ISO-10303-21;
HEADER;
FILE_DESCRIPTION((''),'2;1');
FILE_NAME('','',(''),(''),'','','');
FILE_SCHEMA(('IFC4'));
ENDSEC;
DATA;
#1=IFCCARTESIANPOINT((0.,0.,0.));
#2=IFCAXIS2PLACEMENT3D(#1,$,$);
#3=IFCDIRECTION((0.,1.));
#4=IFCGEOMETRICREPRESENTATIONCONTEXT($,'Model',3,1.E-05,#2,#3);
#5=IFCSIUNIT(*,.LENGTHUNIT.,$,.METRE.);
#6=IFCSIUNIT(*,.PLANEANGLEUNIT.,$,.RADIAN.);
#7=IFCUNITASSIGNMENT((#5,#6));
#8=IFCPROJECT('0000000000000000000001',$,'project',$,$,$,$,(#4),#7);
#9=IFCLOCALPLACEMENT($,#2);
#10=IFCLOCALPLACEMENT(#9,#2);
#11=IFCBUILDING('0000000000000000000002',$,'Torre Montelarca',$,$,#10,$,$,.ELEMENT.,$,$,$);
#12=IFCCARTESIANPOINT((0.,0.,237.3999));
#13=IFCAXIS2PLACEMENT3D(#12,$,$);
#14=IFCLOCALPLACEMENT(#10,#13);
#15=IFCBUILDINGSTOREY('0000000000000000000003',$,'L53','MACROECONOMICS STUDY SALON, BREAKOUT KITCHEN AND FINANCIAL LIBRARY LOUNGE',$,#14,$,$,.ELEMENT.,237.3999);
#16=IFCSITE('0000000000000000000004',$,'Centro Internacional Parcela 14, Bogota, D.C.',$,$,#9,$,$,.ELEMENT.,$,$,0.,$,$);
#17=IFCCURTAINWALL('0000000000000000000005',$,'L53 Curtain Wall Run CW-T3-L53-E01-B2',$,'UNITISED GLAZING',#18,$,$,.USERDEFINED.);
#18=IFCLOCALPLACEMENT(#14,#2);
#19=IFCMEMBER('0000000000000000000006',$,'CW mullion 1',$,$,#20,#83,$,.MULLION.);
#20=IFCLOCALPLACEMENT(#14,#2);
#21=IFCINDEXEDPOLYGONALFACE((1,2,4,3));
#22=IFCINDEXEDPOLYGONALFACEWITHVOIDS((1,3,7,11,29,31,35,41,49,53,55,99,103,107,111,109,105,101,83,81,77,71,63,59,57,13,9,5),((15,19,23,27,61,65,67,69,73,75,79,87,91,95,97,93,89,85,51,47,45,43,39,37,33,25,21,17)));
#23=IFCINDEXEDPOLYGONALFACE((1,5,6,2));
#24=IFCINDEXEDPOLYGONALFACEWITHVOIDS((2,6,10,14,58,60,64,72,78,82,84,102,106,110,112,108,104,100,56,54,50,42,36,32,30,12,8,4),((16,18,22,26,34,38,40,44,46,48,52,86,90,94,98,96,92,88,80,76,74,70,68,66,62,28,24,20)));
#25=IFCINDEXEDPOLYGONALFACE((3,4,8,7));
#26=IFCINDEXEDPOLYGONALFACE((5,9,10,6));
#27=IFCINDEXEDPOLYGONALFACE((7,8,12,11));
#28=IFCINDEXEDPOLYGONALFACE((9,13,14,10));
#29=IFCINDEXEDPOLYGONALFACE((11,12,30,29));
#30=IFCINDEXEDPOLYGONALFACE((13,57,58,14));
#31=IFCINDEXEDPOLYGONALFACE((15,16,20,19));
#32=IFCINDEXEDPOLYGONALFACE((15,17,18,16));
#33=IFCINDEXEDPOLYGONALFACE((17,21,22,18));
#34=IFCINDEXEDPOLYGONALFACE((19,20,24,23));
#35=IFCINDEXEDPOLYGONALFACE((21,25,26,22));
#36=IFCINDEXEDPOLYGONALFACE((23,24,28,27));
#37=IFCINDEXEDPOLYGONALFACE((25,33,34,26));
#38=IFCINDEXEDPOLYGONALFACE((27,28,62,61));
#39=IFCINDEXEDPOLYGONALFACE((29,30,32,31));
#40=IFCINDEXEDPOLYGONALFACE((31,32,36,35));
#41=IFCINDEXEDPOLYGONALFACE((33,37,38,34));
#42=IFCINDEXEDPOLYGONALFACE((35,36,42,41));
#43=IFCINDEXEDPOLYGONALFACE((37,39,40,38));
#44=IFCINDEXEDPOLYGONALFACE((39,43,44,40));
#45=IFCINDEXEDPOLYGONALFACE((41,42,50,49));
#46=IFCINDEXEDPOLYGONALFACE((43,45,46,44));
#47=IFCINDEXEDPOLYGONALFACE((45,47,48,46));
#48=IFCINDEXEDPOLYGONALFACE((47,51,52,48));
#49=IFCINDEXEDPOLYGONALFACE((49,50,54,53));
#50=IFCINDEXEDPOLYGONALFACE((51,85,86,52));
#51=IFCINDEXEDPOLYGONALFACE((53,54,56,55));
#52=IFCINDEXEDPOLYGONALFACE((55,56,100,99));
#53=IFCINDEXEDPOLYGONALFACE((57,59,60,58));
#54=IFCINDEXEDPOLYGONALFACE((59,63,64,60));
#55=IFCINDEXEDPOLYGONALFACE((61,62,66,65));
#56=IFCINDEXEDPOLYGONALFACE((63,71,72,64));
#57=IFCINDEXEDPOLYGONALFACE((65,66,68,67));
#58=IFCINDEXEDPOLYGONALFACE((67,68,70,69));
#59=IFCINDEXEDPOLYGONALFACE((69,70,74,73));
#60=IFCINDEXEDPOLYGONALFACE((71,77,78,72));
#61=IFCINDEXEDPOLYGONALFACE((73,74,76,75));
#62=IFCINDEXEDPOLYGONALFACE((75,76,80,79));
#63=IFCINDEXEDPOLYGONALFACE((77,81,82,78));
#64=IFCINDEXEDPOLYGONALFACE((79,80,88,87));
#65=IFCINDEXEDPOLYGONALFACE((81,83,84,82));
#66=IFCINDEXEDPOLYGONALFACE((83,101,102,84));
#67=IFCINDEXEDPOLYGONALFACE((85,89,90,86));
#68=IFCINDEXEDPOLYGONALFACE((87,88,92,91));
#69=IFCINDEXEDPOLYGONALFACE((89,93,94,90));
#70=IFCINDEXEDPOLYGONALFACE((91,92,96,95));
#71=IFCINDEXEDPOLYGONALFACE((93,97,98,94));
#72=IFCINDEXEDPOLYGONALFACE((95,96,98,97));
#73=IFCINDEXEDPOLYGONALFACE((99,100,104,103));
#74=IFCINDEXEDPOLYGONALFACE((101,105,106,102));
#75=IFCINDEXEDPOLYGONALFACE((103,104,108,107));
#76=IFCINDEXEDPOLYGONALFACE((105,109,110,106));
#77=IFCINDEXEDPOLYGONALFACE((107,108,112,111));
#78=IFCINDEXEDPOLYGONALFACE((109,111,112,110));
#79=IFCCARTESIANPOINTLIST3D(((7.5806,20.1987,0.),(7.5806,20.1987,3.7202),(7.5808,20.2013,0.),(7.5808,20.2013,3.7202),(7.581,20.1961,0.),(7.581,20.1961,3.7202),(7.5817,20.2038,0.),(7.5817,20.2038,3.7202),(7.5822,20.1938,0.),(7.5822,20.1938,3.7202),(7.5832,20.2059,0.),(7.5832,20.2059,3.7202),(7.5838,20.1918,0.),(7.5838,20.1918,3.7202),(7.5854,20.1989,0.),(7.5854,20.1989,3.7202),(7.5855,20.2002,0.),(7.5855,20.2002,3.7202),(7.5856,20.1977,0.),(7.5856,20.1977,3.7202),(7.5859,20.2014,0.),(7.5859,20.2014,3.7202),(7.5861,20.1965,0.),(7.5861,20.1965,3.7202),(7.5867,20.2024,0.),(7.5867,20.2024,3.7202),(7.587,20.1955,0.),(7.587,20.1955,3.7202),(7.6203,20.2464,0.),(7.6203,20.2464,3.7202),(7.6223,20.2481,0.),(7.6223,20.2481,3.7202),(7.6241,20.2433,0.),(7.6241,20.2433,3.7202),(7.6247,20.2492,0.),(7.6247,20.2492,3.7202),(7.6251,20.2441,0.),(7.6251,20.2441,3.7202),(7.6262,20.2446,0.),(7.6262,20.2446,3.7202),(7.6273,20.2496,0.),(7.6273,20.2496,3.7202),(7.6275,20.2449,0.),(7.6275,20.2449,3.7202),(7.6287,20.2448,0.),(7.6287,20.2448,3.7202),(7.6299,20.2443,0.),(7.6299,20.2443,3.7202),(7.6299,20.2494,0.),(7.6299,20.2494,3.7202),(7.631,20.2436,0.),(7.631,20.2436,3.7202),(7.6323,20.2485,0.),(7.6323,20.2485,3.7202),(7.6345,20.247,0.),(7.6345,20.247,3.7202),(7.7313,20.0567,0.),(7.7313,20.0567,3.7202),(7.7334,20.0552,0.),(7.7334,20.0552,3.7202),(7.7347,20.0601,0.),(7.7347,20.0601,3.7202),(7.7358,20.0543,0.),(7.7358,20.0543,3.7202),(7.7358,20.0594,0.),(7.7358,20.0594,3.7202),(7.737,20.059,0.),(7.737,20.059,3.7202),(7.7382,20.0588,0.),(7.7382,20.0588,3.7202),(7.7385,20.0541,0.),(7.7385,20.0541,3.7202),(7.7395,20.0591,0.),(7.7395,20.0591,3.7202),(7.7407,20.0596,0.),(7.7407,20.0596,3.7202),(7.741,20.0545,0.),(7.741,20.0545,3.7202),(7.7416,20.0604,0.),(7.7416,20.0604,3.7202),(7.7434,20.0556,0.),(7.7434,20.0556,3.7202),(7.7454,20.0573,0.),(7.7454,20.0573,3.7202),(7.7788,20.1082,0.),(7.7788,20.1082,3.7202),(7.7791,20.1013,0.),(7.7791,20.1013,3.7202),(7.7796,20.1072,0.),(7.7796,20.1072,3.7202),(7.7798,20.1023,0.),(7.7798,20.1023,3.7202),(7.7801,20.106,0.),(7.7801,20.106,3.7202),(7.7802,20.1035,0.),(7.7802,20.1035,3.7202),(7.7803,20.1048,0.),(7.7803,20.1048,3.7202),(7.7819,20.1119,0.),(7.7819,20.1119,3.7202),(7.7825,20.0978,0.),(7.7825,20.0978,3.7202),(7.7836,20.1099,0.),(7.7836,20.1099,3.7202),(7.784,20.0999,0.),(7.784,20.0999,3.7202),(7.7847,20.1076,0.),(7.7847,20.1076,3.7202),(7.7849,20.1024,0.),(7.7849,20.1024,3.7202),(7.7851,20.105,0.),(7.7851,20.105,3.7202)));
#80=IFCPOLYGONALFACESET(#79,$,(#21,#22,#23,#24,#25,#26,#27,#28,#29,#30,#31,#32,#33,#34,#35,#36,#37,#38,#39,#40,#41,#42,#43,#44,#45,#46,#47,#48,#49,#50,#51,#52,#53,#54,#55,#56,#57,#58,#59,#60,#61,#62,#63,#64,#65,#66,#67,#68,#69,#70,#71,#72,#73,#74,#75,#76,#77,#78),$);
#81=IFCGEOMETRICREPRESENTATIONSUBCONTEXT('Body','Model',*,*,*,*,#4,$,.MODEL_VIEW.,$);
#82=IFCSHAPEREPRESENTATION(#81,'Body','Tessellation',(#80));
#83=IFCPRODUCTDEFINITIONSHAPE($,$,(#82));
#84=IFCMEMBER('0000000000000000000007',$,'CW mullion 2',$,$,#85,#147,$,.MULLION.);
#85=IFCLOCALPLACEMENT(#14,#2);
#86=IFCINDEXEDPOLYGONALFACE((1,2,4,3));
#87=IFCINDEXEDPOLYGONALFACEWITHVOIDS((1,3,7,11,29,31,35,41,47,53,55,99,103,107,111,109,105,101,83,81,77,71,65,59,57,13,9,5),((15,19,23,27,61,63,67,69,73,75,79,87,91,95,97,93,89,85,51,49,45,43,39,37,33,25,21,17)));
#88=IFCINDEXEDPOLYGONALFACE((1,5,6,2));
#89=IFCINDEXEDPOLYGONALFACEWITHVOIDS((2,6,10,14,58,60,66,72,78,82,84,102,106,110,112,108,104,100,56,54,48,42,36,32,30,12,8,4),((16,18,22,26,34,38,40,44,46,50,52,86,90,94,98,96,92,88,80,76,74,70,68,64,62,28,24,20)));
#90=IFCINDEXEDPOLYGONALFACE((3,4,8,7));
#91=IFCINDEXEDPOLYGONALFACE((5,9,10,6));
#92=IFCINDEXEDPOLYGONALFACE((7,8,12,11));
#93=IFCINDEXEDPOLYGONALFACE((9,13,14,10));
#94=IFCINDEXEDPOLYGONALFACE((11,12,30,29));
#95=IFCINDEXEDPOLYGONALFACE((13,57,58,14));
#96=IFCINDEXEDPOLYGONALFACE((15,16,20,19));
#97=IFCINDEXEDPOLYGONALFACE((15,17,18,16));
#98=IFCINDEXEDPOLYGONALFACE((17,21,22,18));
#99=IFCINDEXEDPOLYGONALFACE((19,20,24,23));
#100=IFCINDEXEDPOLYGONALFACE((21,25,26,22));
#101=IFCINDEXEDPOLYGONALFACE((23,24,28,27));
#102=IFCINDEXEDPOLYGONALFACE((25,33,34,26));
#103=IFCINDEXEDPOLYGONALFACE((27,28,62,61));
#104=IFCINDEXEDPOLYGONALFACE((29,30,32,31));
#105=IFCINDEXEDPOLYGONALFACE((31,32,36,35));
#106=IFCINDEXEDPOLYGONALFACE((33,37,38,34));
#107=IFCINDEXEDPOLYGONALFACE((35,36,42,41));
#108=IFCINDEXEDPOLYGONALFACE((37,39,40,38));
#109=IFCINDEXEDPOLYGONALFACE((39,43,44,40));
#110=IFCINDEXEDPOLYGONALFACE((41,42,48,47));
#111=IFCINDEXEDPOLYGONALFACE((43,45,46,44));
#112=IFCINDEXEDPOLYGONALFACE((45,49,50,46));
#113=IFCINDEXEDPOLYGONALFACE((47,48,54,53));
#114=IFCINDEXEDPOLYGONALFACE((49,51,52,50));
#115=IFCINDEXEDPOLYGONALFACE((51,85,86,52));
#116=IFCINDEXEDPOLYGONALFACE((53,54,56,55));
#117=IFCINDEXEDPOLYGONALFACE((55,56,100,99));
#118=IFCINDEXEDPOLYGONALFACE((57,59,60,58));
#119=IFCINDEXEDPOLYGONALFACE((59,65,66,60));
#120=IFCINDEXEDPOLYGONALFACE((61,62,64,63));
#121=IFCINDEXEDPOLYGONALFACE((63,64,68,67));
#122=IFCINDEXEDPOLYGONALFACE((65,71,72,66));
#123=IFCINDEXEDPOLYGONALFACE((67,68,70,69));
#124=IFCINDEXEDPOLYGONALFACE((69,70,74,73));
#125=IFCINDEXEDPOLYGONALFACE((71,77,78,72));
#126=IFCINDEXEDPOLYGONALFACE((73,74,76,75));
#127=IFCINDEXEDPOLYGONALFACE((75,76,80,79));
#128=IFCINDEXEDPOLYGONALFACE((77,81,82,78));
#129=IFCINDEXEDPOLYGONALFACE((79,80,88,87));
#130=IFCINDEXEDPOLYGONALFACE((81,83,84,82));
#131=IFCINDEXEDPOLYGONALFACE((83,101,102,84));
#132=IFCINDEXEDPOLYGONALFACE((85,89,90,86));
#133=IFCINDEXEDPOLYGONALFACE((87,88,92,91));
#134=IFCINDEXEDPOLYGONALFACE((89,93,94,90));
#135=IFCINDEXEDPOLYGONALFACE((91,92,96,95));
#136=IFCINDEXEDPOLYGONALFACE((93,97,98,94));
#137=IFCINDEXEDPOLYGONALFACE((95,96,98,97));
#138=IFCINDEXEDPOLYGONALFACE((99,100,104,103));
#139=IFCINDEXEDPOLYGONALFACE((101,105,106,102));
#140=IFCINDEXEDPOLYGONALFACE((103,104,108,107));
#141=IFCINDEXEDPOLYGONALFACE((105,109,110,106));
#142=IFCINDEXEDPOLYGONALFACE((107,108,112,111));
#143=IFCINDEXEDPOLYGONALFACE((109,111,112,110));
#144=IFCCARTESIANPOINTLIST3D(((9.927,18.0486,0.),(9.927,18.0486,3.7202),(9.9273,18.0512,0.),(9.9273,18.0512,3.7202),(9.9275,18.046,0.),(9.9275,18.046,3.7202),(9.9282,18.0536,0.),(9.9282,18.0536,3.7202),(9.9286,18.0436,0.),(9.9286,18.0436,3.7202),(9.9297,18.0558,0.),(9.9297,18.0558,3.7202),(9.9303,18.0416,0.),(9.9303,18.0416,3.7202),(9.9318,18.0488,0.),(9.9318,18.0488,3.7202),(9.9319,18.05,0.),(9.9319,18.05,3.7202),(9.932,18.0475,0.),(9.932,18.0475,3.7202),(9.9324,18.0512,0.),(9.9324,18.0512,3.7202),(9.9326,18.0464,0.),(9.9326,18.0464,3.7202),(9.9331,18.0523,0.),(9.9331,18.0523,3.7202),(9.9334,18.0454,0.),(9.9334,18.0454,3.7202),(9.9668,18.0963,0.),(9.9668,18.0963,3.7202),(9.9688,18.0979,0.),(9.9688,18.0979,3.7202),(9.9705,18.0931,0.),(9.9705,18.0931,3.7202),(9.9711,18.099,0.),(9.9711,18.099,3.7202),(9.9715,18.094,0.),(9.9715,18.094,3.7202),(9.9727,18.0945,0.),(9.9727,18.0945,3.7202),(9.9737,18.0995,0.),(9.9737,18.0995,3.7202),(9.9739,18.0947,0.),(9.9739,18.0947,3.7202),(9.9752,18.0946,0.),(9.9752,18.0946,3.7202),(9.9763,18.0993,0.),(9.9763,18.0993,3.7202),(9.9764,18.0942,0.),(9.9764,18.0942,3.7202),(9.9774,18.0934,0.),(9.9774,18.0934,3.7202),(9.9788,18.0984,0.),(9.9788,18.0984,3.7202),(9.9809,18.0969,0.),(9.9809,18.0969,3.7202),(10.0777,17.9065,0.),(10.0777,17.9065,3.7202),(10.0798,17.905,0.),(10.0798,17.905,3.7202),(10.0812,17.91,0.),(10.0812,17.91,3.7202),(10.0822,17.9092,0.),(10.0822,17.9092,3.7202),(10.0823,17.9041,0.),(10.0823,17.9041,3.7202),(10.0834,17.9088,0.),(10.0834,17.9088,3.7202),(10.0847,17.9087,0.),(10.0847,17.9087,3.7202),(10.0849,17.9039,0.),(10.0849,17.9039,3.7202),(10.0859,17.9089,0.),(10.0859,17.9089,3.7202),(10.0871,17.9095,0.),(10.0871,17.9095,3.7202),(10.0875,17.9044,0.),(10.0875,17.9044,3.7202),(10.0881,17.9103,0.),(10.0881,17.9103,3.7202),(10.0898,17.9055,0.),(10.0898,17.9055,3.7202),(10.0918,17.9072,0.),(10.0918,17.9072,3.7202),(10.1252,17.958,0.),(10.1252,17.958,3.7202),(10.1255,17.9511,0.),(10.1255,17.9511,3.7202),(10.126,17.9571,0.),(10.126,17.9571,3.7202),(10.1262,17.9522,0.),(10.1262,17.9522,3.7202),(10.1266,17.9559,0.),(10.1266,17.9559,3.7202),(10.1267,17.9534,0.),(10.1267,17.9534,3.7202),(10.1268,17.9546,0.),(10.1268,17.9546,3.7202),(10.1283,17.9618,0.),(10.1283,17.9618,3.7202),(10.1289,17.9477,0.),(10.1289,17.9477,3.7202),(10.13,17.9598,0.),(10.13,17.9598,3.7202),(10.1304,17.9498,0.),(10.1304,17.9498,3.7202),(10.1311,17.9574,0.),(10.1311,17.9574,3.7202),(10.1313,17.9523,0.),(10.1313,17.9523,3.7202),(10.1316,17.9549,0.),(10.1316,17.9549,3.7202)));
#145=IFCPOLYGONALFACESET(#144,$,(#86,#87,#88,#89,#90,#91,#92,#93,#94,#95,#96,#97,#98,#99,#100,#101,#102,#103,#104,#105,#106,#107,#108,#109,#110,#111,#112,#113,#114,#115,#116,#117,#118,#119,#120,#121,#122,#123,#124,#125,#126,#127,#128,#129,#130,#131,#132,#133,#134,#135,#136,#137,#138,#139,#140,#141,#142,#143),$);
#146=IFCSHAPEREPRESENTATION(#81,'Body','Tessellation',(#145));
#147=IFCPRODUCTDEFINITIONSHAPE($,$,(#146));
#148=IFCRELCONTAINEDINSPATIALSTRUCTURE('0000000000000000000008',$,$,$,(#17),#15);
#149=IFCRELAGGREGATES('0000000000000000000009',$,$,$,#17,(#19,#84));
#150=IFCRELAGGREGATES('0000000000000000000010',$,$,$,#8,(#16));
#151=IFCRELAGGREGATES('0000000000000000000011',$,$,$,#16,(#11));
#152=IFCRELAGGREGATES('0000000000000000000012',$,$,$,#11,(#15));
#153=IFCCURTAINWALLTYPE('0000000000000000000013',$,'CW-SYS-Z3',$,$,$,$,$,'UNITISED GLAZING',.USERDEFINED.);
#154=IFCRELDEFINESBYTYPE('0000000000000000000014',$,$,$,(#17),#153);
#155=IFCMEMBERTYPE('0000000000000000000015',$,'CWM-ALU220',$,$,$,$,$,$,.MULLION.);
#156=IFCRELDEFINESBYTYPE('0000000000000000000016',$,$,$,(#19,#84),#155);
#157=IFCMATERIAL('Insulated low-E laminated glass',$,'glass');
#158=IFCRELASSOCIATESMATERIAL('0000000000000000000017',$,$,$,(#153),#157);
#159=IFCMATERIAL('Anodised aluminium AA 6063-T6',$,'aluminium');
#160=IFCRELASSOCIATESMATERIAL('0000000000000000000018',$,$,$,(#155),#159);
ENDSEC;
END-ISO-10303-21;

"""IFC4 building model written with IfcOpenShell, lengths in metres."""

from ifc_helpers import new_model, si_unit, direction, frame, origin, origin_2d, place, context, subcontext, project, spatial, hollow_rectangle, extrude, source, transform, mapped, material, material_profile, profile_set, type_object, element, aggregate, save


model = new_model("IFC4")

# Units and contexts
model_context = context("Model", 3, precision=1e-05, world=origin(), true_north=direction((0.0, 1.0)))
body_context = subcontext(model_context, "Body", "Model", "MODEL_VIEW")
ifc_project = project(units=[si_unit("LENGTHUNIT", "METRE"), si_unit("PLANEANGLEUNIT", "RADIAN")], contexts=[model_context])

# Site, building, storey
site_placement = place(None, origin())
site = spatial("IfcSite", under=ifc_project, at=site_placement, Name="Centro Internacional Parcela 14, Bogota, D.C.", CompositionType="ELEMENT", RefElevation=0.0)
building_placement = place(site_placement, origin())
building = spatial("IfcBuilding", under=site, at=building_placement, Name="Torre Montelarca", CompositionType="ELEMENT")
storey_placement = place(building_placement, frame((0.0, 0.0, 237.3999)))
storey = spatial("IfcBuildingStorey", under=building, at=storey_placement, Name="L53", Description="MACROECONOMICS STUDY SALON, BREAKOUT KITCHEN AND FINANCIAL LIBRARY LOUNGE", CompositionType="ELEMENT", Elevation=237.3999)

# Curtain wall
ifc_material_1 = material(Name="Insulated low-E laminated glass", Category="glass")
curtain_wall_type = type_object("IfcCurtainWallType", Name="CW-SYS-Z3", ElementType="UNITISED GLAZING", PredefinedType="USERDEFINED", material=ifc_material_1)
ifc_material_2 = material(Name="Anodised aluminium AA 6063-T6", Category="aluminium")
curtain_wall_1_placement = place(storey_placement, origin())
curtain_wall_1 = element("IfcCurtainWall", 1, at=curtain_wall_1_placement, inside=storey, type_object=curtain_wall_type, Name="L53 Curtain Wall Run CW-T3-L53-E01-B2", ObjectType="UNITISED GLAZING", PredefinedType="USERDEFINED")

# Members
ifc_material_profile_1 = material_profile(ifc_material_2, hollow_rectangle(XDim=0.075, YDim=0.22, WallThickness=0.0049, InnerFilletRadius=0.0049, OuterFilletRadius=0.01, at=origin_2d()), Name="ALU75X220X5", Category="aluminium")
ifc_profile_set_1 = profile_set([ifc_material_profile_1], Name="Anodised aluminium AA 6063-T6")
member_type_1 = type_object("IfcMemberType", Name="CWM-ALU220", PredefinedType="MULLION", material=ifc_profile_set_1)
shared_shape_1 = source(origin(), body_context, "Body", "SweptSolid", [
    extrude(hollow_rectangle(XDim=0.075, YDim=0.22, WallThickness=0.0049, InnerFilletRadius=0.0049, OuterFilletRadius=0.01, at=origin_2d()), origin(), (0.0, 0.0, 1.0), 3.7202),
])
member_1_placement = place(storey_placement, frame((7.6829, 20.1519, 0.0), z_axis=(0.0, 0.0, 1.0), x_axis=(0.675588, 0.73728, 0.0)))
member_1 = element("IfcMember", 2, at=member_1_placement, type_object=member_type_1, Name="CW mullion 1", PredefinedType="MULLION", context=body_context, shape_type="MappedRepresentation", body=[
    mapped(shared_shape_1, transform((0.0, 0.0, 0.0), scale=1.0)),
])
member_2_placement = place(storey_placement, frame((10.0293, 18.0017, 0.0), z_axis=(0.0, 0.0, 1.0), x_axis=(0.675588, 0.73728, 0.0)))
member_2 = element("IfcMember", 3, at=member_2_placement, type_object=member_type_1, Name="CW mullion 2", PredefinedType="MULLION", context=body_context, shape_type="MappedRepresentation", body=[
    mapped(shared_shape_1, transform((0.0, 0.0, 0.0), scale=1.0)),
])

aggregate(curtain_wall_1, [member_1, member_2])

save(model, "model.ifc")
